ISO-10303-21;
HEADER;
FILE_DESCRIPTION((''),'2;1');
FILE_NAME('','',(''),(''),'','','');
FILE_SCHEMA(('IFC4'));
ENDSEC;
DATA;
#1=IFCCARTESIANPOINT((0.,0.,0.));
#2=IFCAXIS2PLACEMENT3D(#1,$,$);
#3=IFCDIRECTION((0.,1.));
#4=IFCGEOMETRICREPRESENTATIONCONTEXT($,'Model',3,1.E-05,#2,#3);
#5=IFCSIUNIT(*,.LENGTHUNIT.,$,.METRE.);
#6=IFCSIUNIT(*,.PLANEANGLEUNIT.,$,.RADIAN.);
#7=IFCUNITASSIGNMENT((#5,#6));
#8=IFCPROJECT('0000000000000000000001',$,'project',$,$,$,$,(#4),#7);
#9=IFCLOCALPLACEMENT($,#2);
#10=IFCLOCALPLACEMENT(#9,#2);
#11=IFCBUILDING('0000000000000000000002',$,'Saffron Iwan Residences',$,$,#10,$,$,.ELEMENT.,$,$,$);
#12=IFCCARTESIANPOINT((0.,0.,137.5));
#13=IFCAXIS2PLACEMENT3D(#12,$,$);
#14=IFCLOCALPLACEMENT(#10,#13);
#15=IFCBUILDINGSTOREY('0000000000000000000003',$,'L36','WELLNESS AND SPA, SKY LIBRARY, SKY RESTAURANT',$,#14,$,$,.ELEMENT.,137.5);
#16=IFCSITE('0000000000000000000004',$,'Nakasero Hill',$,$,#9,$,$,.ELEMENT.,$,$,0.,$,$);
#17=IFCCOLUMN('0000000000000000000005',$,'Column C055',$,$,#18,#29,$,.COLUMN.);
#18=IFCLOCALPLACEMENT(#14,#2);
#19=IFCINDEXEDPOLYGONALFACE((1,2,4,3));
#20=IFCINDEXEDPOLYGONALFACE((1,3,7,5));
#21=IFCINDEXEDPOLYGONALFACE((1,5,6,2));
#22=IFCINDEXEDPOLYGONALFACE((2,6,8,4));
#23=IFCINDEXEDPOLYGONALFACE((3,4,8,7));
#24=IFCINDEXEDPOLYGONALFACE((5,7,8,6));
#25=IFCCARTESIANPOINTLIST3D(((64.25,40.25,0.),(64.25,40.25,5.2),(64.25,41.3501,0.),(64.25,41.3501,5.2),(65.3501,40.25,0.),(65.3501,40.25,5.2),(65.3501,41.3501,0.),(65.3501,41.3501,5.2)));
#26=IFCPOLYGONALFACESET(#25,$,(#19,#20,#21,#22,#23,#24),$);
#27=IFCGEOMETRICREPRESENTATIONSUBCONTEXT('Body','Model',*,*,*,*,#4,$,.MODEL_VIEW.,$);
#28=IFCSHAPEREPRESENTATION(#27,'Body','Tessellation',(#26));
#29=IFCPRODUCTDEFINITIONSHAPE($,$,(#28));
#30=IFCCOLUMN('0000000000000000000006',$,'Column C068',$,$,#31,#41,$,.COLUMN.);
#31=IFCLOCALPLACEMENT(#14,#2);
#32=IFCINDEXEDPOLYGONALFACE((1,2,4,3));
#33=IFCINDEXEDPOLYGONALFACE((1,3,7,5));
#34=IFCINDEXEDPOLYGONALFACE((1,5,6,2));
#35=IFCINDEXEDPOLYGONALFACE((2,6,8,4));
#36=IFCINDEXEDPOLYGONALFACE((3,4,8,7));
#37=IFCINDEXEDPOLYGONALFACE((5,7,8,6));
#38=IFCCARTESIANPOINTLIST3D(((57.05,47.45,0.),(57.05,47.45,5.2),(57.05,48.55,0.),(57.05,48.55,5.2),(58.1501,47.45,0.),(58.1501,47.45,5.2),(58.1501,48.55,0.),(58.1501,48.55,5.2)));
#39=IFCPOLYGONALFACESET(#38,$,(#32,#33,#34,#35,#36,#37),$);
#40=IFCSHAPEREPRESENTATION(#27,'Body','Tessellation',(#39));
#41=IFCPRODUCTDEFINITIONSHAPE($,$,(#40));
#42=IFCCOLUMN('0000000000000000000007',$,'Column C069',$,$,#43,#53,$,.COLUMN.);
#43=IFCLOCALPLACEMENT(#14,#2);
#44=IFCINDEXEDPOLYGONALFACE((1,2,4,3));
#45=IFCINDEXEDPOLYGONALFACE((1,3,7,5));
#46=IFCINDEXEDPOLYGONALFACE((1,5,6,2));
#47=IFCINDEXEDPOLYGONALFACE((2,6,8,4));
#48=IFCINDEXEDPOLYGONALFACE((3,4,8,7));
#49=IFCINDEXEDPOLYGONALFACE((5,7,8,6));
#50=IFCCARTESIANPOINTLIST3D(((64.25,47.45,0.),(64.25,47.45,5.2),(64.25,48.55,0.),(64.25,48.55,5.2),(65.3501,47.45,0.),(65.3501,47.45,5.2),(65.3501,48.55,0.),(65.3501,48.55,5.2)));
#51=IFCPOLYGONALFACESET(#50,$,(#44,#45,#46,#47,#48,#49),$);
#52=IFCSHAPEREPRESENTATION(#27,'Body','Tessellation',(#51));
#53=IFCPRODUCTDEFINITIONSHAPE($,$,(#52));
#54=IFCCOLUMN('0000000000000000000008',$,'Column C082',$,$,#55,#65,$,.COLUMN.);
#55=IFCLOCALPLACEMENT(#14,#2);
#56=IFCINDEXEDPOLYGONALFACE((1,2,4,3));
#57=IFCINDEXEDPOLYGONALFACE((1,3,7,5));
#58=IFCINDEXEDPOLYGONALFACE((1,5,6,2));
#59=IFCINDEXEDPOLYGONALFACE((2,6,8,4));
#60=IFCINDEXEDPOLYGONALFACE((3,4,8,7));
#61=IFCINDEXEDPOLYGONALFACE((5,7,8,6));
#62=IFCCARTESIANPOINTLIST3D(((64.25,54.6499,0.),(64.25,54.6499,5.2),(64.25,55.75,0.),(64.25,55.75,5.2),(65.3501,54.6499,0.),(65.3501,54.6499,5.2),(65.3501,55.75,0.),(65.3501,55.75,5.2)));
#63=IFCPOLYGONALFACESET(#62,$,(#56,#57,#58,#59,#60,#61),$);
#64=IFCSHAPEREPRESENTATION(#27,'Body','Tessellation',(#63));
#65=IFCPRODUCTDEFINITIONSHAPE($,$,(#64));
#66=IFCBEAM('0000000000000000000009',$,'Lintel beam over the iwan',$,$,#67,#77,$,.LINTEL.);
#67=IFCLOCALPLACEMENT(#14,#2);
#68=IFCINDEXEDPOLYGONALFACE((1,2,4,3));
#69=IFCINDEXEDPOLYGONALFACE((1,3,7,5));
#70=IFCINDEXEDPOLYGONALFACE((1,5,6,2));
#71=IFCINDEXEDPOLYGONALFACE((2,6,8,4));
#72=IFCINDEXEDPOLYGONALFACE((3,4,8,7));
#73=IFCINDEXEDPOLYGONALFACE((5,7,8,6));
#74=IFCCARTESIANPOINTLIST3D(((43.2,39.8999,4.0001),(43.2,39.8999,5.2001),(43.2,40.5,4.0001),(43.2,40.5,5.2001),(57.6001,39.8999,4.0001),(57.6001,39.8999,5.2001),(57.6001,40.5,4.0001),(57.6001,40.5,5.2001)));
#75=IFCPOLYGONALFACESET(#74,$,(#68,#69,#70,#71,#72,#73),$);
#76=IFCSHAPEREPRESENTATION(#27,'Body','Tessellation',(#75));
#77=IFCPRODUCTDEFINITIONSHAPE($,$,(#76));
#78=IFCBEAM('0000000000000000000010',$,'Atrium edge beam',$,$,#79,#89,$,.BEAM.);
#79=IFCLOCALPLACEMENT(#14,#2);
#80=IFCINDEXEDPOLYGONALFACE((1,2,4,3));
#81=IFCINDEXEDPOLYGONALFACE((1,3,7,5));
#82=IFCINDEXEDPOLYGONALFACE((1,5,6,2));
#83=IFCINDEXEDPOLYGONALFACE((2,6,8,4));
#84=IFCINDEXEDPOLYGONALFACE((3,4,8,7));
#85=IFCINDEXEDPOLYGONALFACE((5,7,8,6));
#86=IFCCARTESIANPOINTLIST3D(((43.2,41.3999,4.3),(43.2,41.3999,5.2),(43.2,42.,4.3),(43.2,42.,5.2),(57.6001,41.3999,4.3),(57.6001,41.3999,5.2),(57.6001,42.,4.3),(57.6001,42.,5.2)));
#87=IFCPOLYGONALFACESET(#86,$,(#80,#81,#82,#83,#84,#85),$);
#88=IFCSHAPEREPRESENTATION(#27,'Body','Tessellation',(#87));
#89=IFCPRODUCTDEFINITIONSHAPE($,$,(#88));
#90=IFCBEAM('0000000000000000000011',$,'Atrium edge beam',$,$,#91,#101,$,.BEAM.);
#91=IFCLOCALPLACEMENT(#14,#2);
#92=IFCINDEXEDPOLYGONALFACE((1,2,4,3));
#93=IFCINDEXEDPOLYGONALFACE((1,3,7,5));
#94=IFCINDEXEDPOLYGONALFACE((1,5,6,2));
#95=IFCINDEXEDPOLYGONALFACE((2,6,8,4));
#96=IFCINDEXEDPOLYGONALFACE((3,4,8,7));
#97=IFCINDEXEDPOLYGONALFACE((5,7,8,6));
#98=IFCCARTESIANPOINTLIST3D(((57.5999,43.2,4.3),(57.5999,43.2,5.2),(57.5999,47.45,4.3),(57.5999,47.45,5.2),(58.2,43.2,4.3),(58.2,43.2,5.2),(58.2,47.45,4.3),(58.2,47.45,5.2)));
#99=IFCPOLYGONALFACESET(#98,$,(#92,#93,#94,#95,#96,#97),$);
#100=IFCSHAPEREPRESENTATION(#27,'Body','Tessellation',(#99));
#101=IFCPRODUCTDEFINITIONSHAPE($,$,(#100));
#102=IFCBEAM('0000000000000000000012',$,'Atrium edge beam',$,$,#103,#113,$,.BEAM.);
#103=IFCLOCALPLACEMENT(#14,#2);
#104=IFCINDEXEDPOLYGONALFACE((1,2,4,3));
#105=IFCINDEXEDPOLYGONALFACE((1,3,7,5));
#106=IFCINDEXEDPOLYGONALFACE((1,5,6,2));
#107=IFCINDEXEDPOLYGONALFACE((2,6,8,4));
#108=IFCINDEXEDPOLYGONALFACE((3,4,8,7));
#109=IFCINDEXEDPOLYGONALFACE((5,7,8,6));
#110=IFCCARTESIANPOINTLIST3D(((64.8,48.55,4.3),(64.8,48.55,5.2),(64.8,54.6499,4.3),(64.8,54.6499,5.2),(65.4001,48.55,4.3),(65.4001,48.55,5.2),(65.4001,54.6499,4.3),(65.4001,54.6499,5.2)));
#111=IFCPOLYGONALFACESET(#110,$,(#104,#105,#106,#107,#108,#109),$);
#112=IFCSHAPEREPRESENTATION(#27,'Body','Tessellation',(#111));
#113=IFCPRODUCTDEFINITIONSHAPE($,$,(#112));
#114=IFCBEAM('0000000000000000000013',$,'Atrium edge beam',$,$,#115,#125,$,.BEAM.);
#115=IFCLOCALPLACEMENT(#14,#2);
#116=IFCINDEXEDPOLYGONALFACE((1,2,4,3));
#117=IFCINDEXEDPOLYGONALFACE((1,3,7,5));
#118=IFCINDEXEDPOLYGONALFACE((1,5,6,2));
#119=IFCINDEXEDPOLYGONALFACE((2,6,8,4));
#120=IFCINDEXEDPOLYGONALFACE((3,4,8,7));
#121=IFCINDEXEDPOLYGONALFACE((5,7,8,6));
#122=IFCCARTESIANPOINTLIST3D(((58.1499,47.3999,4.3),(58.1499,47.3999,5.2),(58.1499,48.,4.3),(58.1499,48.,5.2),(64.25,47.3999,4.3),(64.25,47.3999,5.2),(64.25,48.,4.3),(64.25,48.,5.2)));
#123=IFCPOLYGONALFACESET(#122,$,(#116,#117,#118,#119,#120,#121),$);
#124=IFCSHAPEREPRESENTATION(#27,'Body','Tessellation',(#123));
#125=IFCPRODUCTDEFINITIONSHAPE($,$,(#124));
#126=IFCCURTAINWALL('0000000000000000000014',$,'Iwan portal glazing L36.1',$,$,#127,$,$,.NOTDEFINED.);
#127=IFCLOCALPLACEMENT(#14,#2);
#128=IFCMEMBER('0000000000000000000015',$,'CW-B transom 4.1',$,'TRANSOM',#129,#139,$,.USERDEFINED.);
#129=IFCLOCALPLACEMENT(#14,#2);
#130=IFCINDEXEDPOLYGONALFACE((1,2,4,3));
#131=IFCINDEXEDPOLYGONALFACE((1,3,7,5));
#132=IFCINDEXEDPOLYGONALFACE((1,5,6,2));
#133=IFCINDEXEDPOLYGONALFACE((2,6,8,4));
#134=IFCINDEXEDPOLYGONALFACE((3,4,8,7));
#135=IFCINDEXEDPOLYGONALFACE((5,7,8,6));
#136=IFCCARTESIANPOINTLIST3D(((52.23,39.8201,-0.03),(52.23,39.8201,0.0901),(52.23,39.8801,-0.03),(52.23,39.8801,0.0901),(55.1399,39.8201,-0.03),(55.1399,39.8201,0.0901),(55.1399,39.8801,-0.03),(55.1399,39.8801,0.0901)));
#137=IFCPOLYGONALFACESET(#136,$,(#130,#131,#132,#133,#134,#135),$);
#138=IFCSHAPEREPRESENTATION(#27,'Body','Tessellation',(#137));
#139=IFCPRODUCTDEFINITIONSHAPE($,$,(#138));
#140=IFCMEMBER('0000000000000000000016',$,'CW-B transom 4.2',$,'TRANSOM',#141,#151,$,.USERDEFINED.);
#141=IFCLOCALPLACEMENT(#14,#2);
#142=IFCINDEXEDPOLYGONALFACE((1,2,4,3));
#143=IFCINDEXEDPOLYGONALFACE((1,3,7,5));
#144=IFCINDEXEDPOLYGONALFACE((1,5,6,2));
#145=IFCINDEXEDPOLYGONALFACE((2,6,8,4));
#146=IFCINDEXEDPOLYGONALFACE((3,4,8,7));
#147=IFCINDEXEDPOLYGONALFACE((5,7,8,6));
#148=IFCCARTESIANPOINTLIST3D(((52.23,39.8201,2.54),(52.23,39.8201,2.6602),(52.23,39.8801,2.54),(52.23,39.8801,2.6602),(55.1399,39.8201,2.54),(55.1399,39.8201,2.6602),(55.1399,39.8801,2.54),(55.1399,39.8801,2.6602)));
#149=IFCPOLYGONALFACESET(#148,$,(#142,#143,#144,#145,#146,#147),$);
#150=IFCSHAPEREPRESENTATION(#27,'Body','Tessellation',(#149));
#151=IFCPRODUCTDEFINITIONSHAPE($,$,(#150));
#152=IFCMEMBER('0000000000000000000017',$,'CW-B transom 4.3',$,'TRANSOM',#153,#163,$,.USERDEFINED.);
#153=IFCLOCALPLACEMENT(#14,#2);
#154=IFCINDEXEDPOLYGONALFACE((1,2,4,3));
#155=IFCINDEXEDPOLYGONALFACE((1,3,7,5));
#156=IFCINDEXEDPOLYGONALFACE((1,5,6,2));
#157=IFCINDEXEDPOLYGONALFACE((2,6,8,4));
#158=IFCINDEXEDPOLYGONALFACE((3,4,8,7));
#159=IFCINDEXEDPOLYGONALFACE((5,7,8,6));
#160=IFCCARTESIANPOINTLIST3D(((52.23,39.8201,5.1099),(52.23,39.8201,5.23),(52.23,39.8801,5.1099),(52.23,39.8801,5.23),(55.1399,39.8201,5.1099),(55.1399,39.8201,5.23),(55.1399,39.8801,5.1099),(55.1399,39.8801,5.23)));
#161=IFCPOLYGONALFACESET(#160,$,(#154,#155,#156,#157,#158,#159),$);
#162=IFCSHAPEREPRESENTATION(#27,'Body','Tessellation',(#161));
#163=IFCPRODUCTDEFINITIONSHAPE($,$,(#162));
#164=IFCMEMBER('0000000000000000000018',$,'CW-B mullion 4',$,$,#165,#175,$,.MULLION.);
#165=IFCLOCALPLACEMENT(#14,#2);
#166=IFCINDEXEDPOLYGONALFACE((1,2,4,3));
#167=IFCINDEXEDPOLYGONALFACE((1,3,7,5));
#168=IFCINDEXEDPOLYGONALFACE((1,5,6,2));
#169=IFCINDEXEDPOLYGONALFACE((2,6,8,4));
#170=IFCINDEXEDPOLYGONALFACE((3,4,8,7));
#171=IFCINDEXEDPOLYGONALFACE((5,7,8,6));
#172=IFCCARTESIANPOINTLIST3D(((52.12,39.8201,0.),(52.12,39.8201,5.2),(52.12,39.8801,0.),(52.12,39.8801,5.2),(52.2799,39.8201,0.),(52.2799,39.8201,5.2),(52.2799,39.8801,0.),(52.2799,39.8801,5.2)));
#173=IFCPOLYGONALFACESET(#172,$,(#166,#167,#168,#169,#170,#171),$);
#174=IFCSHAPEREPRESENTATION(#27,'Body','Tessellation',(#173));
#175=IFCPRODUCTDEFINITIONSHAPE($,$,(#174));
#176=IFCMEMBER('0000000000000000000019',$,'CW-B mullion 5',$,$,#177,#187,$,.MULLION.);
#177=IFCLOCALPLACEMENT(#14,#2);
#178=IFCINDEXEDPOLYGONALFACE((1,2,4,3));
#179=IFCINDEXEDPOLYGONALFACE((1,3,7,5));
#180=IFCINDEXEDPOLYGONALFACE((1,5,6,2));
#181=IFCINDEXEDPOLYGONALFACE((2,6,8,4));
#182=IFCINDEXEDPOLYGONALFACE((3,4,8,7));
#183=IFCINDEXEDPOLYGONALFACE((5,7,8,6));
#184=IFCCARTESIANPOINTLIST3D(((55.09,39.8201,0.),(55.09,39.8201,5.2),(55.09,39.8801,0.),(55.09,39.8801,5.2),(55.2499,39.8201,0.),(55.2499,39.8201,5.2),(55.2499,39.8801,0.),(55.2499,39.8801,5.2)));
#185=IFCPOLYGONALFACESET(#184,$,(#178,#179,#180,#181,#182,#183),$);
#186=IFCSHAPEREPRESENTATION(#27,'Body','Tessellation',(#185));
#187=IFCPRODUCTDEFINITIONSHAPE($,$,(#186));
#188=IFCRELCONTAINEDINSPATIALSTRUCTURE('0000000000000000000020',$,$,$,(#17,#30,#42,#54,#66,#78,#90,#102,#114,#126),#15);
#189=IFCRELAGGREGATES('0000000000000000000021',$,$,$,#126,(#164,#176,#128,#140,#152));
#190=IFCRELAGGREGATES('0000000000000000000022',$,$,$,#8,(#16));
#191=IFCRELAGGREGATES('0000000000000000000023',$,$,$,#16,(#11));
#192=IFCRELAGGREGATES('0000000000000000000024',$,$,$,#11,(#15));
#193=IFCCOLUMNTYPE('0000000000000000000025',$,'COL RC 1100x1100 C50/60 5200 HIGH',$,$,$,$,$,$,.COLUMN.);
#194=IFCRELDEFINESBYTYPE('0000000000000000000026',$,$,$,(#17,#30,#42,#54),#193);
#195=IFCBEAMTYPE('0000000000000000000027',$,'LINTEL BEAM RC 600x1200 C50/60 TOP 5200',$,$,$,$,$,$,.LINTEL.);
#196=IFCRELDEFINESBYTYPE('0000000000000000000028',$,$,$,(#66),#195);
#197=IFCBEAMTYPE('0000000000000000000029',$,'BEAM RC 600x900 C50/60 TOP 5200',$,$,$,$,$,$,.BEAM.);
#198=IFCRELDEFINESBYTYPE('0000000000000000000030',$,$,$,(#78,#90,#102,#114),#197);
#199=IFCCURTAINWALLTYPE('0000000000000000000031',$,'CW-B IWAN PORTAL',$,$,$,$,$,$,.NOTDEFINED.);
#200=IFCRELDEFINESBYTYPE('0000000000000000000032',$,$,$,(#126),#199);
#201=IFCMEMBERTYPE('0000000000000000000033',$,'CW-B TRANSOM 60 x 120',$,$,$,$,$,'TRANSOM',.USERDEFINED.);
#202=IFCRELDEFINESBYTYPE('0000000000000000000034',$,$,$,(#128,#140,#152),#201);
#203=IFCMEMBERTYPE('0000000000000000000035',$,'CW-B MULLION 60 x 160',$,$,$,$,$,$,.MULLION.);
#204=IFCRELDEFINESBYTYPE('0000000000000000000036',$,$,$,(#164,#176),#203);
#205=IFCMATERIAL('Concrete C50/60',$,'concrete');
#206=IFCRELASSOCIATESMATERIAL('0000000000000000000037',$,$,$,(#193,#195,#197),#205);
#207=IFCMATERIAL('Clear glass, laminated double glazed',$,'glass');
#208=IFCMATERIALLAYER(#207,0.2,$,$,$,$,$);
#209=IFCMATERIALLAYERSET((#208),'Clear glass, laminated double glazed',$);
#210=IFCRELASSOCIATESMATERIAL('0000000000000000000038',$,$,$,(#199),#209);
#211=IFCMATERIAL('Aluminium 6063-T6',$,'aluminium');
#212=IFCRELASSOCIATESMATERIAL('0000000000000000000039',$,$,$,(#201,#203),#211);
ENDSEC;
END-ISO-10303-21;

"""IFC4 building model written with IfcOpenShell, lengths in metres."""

from ifc_helpers import new_model, si_unit, direction, frame, origin, origin_2d, place, context, subcontext, project, spatial, rectangle, extrude, source, transform, mapped, material, layer, layer_set, material_profile, profile_set, type_object, element, aggregate, save


model = new_model("IFC4")

# Units and contexts
model_context = context("Model", 3, precision=1e-05, world=origin(), true_north=direction((0.0, 1.0)))
body_context = subcontext(model_context, "Body", "Model", "MODEL_VIEW")
ifc_project = project(units=[si_unit("LENGTHUNIT", "METRE"), si_unit("PLANEANGLEUNIT", "RADIAN")], contexts=[model_context])

# Site, building, storey
site_placement = place(None, origin())
site = spatial("IfcSite", under=ifc_project, at=site_placement, Name="Nakasero Hill", CompositionType="ELEMENT", RefElevation=0.0)
building_placement = place(site_placement, origin())
building = spatial("IfcBuilding", under=site, at=building_placement, Name="Saffron Iwan Residences", CompositionType="ELEMENT")
storey_placement = place(building_placement, frame((0.0, 0.0, 137.5)))
storey = spatial("IfcBuildingStorey", under=building, at=storey_placement, Name="L36", Description="WELLNESS AND SPA, SKY LIBRARY, SKY RESTAURANT", CompositionType="ELEMENT", Elevation=137.5)

# Columns
ifc_material_1 = material(Name="Concrete C50/60", Category="concrete")
ifc_material_profile_1 = material_profile(ifc_material_1, rectangle(XDim=1.1001, YDim=1.1001, at=origin_2d()), Name="RC 1100x1100")
ifc_profile_set_1 = profile_set([ifc_material_profile_1], Name="Concrete C50/60")
column_type = type_object("IfcColumnType", Name="COL RC 1100x1100 C50/60 5200 HIGH", PredefinedType="COLUMN", material=ifc_profile_set_1)
shared_shape_1 = source(origin(), body_context, "Body", "SweptSolid", [
    extrude(rectangle(XDim=1.1001, YDim=1.1001, at=origin_2d()), origin(), (0.0, 0.0, 1.0), 5.2),
])
for number, where, z_axis, x_axis, name in (
    (1, (64.8, 40.8, 0.0), (0.0, 0.0, 1.0), (1.0, 0.0, 0.0), "Column C055"),
    (2, (57.6001, 48.0, 0.0), (0.0, 0.0, 1.0), (1.0, 0.0, 0.0), "Column C068"),
    (3, (64.8, 48.0, 0.0), (0.0, 0.0, 1.0), (1.0, 0.0, 0.0), "Column C069"),
    (4, (64.8, 55.2, 0.0), (0.0, 0.0, 1.0), (1.0, 0.0, 0.0), "Column C082"),
):
    element("IfcColumn", number, at=place(storey_placement, frame(where, z_axis=z_axis, x_axis=x_axis)), inside=storey, type_object=column_type, Name=name, PredefinedType="COLUMN", context=body_context, shape_type="MappedRepresentation", body=[
        mapped(shared_shape_1, transform((0.0, 0.0, 0.0))),
    ])

# Beams
ifc_material_profile_2 = material_profile(ifc_material_1, rectangle(XDim=0.6001, YDim=1.2, at=origin_2d()), Name="RC 600x1200")
ifc_profile_set_2 = profile_set([ifc_material_profile_2], Name="Concrete C50/60")
beam_type_1 = type_object("IfcBeamType", Name="LINTEL BEAM RC 600x1200 C50/60 TOP 5200", PredefinedType="LINTEL", material=ifc_profile_set_2)
shared_shape_2 = source(origin(), body_context, "Body", "SweptSolid", [
    extrude(rectangle(XDim=0.6001, YDim=1.2, at=origin_2d()), origin(), (0.0, 0.0, 1.0), 14.4001),
])
beam_1_placement = place(storey_placement, frame((57.6001, 40.2, 4.6001), z_axis=(-1.0, 0.0, 0.0), x_axis=(0.0, -1.0, 0.0)))
element("IfcBeam", 5, at=beam_1_placement, inside=storey, type_object=beam_type_1, Name="Lintel beam over the iwan", PredefinedType="LINTEL", context=body_context, shape_type="MappedRepresentation", body=[
    mapped(shared_shape_2, transform((0.0, 0.0, 0.0))),
])
ifc_material_profile_3 = material_profile(ifc_material_1, rectangle(XDim=0.6001, YDim=0.8999, at=origin_2d()), Name="RC 600x900")
ifc_profile_set_3 = profile_set([ifc_material_profile_3], Name="Concrete C50/60")
beam_type_2 = type_object("IfcBeamType", Name="BEAM RC 600x900 C50/60 TOP 5200", PredefinedType="BEAM", material=ifc_profile_set_3)
shared_shape_3 = source(origin(), body_context, "Body", "SweptSolid", [
    extrude(rectangle(XDim=0.6001, YDim=0.8999, at=origin_2d()), origin(), (0.0, 0.0, 1.0), 14.4001),
])
beam_2_placement = place(storey_placement, frame((57.6001, 41.7, 4.75), z_axis=(-1.0, 0.0, 0.0), x_axis=(0.0, -1.0, 0.0)))
element("IfcBeam", 6, at=beam_2_placement, inside=storey, type_object=beam_type_2, Name="Atrium edge beam", PredefinedType="BEAM", context=body_context, shape_type="MappedRepresentation", body=[
    mapped(shared_shape_3, transform((0.0, 0.0, 0.0))),
])
shared_shape_4 = source(origin(), body_context, "Body", "SweptSolid", [
    extrude(rectangle(XDim=0.6001, YDim=0.8999, at=origin_2d()), origin(), (0.0, 0.0, 1.0), 4.25),
])
beam_3_placement = place(storey_placement, frame((57.8999, 47.45, 4.75), z_axis=(0.0, -1.0, 0.0), x_axis=(1.0, 0.0, 0.0)))
element("IfcBeam", 7, at=beam_3_placement, inside=storey, type_object=beam_type_2, Name="Atrium edge beam", PredefinedType="BEAM", context=body_context, shape_type="MappedRepresentation", body=[
    mapped(shared_shape_4, transform((0.0, 0.0, 0.0))),
])
shared_shape_5 = source(origin(), body_context, "Body", "SweptSolid", [
    extrude(rectangle(XDim=0.6001, YDim=0.8999, at=origin_2d()), origin(), (0.0, 0.0, 1.0), 6.0999),
])
beam_4_placement = place(storey_placement, frame((65.1001, 54.6499, 4.75), z_axis=(0.0, -1.0, 0.0), x_axis=(1.0, 0.0, 0.0)))
element("IfcBeam", 8, at=beam_4_placement, inside=storey, type_object=beam_type_2, Name="Atrium edge beam", PredefinedType="BEAM", context=body_context, shape_type="MappedRepresentation", body=[
    mapped(shared_shape_5, transform((0.0, 0.0, 0.0))),
])
shared_shape_6 = source(origin(), body_context, "Body", "SweptSolid", [
    extrude(rectangle(XDim=0.6001, YDim=0.8999, at=origin_2d()), origin(), (0.0, 0.0, 1.0), 6.1001),
])
beam_5_placement = place(storey_placement, frame((64.25, 47.7, 4.75), z_axis=(-1.0, 0.0, 0.0), x_axis=(0.0, -1.0, 0.0)))
element("IfcBeam", 9, at=beam_5_placement, inside=storey, type_object=beam_type_2, Name="Atrium edge beam", PredefinedType="BEAM", context=body_context, shape_type="MappedRepresentation", body=[
    mapped(shared_shape_6, transform((0.0, 0.0, 0.0))),
])

# Curtain wall, members
ifc_material_2 = material(Name="Clear glass, laminated double glazed", Category="glass")
ifc_layer_1 = layer(ifc_material_2, 0.2)
ifc_layer_set_1 = layer_set([ifc_layer_1], Name="Clear glass, laminated double glazed")
curtain_wall_type = type_object("IfcCurtainWallType", Name="CW-B IWAN PORTAL", PredefinedType="NOTDEFINED", material=ifc_layer_set_1)
curtain_wall_placement = place(storey_placement, origin())
curtain_wall = element("IfcCurtainWall", 10, at=curtain_wall_placement, inside=storey, type_object=curtain_wall_type, Name="Iwan portal glazing L36.1", PredefinedType="NOTDEFINED")
ifc_material_3 = material(Name="Aluminium 6063-T6", Category="aluminium")
ifc_material_profile_4 = material_profile(ifc_material_3, rectangle(XDim=0.0601, YDim=0.1201, at=origin_2d()), Name="CW-B TRANSOM 60 x 120")
ifc_profile_set_4 = profile_set([ifc_material_profile_4], Name="Aluminium 6063-T6")
member_type_1 = type_object("IfcMemberType", Name="CW-B TRANSOM 60 x 120", ElementType="TRANSOM", PredefinedType="USERDEFINED", material=ifc_profile_set_4)
shared_shape_7 = source(origin(), body_context, "Body", "SweptSolid", [
    extrude(rectangle(XDim=0.0601, YDim=0.1201, at=origin_2d()), origin(), (0.0, 0.0, 1.0), 2.9099),
])
member_1_placement = place(storey_placement, frame((52.23, 39.8501, 0.03), z_axis=(1.0, 0.0, 0.0), x_axis=(0.0, 1.0, 0.0)))
member_1 = element("IfcMember", 11, at=member_1_placement, type_object=member_type_1, Name="CW-B transom 4.1", ObjectType="TRANSOM", PredefinedType="USERDEFINED", context=body_context, shape_type="MappedRepresentation", body=[
    mapped(shared_shape_7, transform((0.0, 0.0, 0.0))),
])
member_2_placement = place(storey_placement, frame((52.23, 39.8501, 2.6001), z_axis=(1.0, 0.0, 0.0), x_axis=(0.0, 1.0, 0.0)))
member_2 = element("IfcMember", 12, at=member_2_placement, type_object=member_type_1, Name="CW-B transom 4.2", ObjectType="TRANSOM", PredefinedType="USERDEFINED", context=body_context, shape_type="MappedRepresentation", body=[
    mapped(shared_shape_7, transform((0.0, 0.0, 0.0))),
])
member_3_placement = place(storey_placement, frame((52.23, 39.8501, 5.1699), z_axis=(1.0, 0.0, 0.0), x_axis=(0.0, 1.0, 0.0)))
member_3 = element("IfcMember", 13, at=member_3_placement, type_object=member_type_1, Name="CW-B transom 4.3", ObjectType="TRANSOM", PredefinedType="USERDEFINED", context=body_context, shape_type="MappedRepresentation", body=[
    mapped(shared_shape_7, transform((0.0, 0.0, 0.0))),
])
ifc_material_profile_5 = material_profile(ifc_material_3, rectangle(XDim=0.0601, YDim=0.1599, at=origin_2d()), Name="CW-B MULLION 60 x 160")
ifc_profile_set_5 = profile_set([ifc_material_profile_5], Name="Aluminium 6063-T6")
member_type_2 = type_object("IfcMemberType", Name="CW-B MULLION 60 x 160", PredefinedType="MULLION", material=ifc_profile_set_5)
shared_shape_8 = source(origin(), body_context, "Body", "SweptSolid", [
    extrude(rectangle(XDim=0.0601, YDim=0.1599, at=origin_2d()), origin(), (0.0, 0.0, 1.0), 5.2),
])
member_4_placement = place(storey_placement, frame((52.2, 39.8501, 0.0), z_axis=(0.0, 0.0, 1.0), x_axis=(0.0, 1.0, 0.0)))
member_4 = element("IfcMember", 14, at=member_4_placement, type_object=member_type_2, Name="CW-B mullion 4", PredefinedType="MULLION", context=body_context, shape_type="MappedRepresentation", body=[
    mapped(shared_shape_8, transform((0.0, 0.0, 0.0))),
])
member_5_placement = place(storey_placement, frame((55.1699, 39.8501, 0.0), z_axis=(0.0, 0.0, 1.0), x_axis=(0.0, 1.0, 0.0)))
member_5 = element("IfcMember", 15, at=member_5_placement, type_object=member_type_2, Name="CW-B mullion 5", PredefinedType="MULLION", context=body_context, shape_type="MappedRepresentation", body=[
    mapped(shared_shape_8, transform((0.0, 0.0, 0.0))),
])
aggregate(curtain_wall, [member_4, member_5, member_1, member_2, member_3])

save(model, "model.ifc")
